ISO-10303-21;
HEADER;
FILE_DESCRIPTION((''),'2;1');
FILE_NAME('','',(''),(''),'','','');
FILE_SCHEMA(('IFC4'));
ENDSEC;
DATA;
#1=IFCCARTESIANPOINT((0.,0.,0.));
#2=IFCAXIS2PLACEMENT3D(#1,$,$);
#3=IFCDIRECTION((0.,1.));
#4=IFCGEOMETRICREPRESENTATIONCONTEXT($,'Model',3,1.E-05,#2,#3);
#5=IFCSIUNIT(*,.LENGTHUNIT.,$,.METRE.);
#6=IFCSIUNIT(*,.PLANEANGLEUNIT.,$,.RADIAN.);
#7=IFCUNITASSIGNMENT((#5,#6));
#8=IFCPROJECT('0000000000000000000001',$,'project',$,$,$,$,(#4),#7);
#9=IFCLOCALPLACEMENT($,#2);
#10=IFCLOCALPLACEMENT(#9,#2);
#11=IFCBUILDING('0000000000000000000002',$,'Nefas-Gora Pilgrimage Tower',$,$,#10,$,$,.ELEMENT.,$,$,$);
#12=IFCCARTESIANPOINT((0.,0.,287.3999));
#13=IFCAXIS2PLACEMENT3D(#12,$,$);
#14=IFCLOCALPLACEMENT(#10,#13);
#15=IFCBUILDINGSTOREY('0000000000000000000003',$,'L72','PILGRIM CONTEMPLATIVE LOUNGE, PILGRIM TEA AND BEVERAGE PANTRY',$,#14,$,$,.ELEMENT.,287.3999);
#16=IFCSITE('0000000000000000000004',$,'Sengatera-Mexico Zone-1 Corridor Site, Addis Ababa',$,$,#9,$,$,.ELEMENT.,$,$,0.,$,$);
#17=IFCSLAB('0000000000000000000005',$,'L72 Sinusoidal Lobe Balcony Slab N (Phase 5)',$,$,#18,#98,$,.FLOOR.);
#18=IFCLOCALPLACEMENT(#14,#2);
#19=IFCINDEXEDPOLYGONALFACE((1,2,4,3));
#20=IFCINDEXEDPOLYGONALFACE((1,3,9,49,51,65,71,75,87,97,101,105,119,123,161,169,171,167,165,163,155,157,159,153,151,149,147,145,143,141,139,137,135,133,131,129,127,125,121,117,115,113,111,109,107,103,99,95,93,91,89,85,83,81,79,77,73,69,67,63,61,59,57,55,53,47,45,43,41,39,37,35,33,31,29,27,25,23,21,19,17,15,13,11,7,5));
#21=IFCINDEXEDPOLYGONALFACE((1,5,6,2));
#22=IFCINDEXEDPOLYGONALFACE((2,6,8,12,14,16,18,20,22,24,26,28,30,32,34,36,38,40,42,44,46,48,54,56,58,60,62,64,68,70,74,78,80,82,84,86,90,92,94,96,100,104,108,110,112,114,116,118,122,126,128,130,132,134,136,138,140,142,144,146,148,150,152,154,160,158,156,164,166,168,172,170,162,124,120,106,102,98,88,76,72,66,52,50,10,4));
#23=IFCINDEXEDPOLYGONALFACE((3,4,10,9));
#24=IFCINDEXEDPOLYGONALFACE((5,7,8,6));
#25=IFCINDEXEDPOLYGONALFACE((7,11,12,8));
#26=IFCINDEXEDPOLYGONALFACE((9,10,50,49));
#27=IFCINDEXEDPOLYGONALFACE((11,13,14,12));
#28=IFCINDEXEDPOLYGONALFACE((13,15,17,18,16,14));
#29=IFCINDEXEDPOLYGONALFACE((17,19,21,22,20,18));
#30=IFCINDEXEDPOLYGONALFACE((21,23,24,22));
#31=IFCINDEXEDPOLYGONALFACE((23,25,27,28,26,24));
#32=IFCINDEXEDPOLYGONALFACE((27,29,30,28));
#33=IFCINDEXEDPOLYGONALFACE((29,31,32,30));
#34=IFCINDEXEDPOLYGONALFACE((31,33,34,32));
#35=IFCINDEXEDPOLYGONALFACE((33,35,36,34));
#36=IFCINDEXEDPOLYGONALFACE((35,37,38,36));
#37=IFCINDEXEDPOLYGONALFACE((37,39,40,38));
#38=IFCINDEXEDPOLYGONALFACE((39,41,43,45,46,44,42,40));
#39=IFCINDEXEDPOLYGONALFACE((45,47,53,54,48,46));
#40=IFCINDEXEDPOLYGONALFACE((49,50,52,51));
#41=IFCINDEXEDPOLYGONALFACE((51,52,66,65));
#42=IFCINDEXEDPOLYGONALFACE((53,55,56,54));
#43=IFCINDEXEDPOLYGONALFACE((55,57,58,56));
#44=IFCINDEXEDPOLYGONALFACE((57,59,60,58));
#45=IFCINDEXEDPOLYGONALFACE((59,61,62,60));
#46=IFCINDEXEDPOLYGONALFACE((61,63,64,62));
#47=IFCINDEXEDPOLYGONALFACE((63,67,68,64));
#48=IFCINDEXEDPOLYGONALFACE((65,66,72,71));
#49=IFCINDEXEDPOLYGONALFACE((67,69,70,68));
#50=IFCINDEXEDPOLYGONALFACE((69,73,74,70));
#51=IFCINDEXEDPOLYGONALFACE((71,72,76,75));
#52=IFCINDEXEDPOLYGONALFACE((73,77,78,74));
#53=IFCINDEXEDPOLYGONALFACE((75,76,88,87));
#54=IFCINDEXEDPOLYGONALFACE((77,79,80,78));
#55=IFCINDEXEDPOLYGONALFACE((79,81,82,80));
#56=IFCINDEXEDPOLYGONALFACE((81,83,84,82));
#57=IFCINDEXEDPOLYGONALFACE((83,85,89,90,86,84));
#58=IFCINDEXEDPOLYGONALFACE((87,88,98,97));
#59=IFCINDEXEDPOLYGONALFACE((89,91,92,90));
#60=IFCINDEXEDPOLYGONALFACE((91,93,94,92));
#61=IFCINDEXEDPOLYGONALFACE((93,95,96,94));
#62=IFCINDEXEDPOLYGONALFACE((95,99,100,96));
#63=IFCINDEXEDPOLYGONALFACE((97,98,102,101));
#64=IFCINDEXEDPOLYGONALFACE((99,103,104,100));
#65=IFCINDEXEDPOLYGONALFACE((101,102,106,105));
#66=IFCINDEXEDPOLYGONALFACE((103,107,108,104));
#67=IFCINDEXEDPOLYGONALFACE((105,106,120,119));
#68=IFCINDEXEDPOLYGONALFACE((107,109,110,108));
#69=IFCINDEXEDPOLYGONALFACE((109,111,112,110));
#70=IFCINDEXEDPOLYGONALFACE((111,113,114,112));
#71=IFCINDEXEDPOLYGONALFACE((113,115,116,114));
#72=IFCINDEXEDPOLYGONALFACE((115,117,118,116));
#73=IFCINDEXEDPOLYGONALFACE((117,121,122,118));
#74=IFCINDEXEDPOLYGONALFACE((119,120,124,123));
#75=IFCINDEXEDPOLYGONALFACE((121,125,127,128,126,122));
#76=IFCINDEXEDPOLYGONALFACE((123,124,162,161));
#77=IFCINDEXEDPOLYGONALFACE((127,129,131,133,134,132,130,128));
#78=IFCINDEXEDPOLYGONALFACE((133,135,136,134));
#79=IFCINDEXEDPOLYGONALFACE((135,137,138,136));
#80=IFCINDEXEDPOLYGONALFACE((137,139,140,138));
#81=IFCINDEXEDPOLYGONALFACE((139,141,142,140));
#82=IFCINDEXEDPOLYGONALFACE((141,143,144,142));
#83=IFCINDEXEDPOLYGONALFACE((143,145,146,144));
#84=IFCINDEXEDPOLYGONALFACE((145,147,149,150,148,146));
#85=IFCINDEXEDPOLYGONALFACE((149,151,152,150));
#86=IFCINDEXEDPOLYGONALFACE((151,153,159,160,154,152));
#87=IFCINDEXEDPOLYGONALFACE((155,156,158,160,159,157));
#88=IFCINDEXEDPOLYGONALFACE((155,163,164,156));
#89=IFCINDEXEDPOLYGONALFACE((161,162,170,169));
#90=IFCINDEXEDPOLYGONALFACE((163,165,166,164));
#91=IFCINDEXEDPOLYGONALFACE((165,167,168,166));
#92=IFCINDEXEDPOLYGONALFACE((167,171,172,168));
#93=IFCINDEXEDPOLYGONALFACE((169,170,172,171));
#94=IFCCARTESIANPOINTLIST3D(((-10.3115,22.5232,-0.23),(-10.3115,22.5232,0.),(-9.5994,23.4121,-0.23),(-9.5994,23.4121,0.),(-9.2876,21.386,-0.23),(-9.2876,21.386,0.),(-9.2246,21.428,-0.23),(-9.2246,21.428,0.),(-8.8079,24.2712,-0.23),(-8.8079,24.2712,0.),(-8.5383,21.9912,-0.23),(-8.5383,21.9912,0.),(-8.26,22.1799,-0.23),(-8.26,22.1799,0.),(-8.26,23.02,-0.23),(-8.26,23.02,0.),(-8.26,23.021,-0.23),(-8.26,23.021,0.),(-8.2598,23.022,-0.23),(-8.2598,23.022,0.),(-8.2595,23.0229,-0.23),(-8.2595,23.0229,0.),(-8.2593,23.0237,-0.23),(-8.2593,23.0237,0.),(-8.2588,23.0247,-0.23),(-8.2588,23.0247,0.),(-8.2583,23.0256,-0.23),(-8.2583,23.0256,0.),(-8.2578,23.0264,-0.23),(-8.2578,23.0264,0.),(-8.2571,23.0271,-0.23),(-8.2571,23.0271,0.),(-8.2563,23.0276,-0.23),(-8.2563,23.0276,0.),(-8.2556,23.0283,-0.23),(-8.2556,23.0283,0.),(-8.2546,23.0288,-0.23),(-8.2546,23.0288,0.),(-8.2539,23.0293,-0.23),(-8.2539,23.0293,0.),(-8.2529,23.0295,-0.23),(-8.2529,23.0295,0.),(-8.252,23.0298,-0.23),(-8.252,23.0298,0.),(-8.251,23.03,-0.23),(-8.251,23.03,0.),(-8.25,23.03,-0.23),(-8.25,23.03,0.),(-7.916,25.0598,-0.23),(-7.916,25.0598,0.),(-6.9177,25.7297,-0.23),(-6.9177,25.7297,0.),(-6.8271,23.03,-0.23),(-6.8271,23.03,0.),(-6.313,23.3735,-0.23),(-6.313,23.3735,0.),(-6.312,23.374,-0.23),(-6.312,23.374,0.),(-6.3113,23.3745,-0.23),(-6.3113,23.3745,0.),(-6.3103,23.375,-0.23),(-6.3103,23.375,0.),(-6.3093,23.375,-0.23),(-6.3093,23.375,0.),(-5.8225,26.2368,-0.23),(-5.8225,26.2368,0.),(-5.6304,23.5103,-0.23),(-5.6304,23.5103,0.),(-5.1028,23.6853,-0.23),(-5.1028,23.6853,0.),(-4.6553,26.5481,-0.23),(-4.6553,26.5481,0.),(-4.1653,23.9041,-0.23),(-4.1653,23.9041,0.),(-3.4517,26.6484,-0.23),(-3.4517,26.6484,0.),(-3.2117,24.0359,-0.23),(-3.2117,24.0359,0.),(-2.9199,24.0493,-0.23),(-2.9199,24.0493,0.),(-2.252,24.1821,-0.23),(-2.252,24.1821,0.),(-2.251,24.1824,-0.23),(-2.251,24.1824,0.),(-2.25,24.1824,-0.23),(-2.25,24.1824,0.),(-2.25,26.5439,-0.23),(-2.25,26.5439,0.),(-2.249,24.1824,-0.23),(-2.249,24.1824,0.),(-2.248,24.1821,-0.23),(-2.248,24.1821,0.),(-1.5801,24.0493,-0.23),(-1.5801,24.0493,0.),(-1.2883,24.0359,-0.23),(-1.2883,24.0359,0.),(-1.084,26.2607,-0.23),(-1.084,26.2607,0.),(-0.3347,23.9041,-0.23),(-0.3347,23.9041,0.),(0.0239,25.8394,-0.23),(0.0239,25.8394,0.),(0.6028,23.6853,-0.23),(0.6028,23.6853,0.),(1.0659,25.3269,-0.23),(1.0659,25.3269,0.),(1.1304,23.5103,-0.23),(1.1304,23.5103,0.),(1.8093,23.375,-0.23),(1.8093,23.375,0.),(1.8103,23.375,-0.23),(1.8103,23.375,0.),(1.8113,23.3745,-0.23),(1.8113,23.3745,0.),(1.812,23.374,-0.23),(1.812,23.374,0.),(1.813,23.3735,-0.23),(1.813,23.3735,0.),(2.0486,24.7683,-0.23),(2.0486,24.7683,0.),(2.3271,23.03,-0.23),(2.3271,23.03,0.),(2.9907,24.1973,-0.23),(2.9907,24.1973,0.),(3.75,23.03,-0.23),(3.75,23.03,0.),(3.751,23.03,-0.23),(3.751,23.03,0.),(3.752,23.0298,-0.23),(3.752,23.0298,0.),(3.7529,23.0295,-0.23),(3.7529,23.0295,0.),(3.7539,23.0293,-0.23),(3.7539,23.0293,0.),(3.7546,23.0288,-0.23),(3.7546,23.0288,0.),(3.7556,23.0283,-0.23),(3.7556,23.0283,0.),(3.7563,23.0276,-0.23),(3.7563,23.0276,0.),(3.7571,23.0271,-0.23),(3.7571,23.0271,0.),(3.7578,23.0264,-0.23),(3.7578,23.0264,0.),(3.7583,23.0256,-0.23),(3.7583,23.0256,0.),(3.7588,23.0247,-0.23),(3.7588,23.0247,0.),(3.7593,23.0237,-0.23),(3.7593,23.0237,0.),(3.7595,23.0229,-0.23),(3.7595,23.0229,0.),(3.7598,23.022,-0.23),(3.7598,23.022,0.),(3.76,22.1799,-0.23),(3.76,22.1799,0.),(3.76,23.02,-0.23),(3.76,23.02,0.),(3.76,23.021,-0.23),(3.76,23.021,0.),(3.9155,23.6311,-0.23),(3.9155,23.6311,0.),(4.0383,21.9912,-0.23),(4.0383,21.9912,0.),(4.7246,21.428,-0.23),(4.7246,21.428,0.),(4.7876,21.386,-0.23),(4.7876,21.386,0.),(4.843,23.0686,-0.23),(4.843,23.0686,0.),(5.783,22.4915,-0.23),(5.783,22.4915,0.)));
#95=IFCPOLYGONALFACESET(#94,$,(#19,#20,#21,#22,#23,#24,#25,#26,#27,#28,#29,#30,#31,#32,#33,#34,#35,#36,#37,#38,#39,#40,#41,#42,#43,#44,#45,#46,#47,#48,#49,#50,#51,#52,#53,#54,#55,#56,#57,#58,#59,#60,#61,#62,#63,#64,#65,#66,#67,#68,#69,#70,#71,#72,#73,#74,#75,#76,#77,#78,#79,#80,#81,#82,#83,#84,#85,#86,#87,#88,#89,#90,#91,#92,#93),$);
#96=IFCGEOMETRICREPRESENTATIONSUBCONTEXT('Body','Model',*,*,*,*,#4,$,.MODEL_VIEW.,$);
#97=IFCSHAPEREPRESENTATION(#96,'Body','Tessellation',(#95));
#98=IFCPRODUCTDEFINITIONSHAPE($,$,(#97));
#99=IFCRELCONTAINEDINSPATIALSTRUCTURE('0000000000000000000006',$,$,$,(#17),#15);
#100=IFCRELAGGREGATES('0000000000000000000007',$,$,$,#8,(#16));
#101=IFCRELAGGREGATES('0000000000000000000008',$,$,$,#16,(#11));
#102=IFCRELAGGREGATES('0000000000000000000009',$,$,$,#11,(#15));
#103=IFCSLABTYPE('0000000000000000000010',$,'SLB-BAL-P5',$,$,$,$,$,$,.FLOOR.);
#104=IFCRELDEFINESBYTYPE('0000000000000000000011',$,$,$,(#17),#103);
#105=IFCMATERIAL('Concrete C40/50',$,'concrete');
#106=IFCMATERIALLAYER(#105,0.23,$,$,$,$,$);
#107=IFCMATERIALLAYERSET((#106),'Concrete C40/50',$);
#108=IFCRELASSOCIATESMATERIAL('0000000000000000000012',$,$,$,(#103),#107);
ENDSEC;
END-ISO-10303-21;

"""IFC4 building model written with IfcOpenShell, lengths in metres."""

from ifc_helpers import new_model, si_unit, direction, frame, origin, place, context, subcontext, project, spatial, polyline, outline, extrude, material, layer, layer_set, type_object, element, save


model = new_model("IFC4")

# Units and contexts
model_context = context("Model", 3, precision=1e-05, world=origin(), true_north=direction((0.0, 1.0)))
body_context = subcontext(model_context, "Body", "Model", "MODEL_VIEW")
ifc_project = project(units=[si_unit("LENGTHUNIT", "METRE"), si_unit("PLANEANGLEUNIT", "RADIAN")], contexts=[model_context])

# Site, building, storey
site_placement = place(None, origin())
site = spatial("IfcSite", under=ifc_project, at=site_placement, Name="Sengatera-Mexico Zone-1 Corridor Site, Addis Ababa", CompositionType="ELEMENT", RefElevation=0.0)
building_placement = place(site_placement, origin())
building = spatial("IfcBuilding", under=site, at=building_placement, Name="Nefas-Gora Pilgrimage Tower", CompositionType="ELEMENT")
storey_placement = place(building_placement, frame((0.0, 0.0, 287.3999)))
storey = spatial("IfcBuildingStorey", under=building, at=storey_placement, Name="L72", Description="PILGRIM CONTEMPLATIVE LOUNGE, PILGRIM TEA AND BEVERAGE PANTRY", CompositionType="ELEMENT", Elevation=287.3999)

# Slab
ifc_material_1 = material(Name="Concrete C40/50", Category="concrete")
ifc_layer_1 = layer(ifc_material_1, 0.23)
ifc_layer_set_1 = layer_set([ifc_layer_1], Name="Concrete C40/50")
slab_type_1 = type_object("IfcSlabType", Name="SLB-BAL-P5", PredefinedType="FLOOR", material=ifc_layer_set_1)
slab_1_placement = place(storey_placement, frame((0.0, 0.0, -0.23)))
element("IfcSlab", 1, at=slab_1_placement, inside=storey, type_object=slab_type_1, Name="L72 Sinusoidal Lobe Balcony Slab N (Phase 5)", PredefinedType="FLOOR", context=body_context, shape_type="SweptSolid", body=[
    extrude(outline(polyline([(-9.2876, 21.386), (-9.2246, 21.428), (-8.5383, 21.9912), (-8.26, 22.1799), (-8.26, 23.02), (-8.26, 23.021), (-8.2598, 23.022), (-8.2595, 23.0229), (-8.2593, 23.0237), (-8.2588, 23.0247), (-8.2583, 23.0256), (-8.2578, 23.0264), (-8.2571, 23.0271), (-8.2563, 23.0276), (-8.2556, 23.0283), (-8.2546, 23.0288), (-8.2539, 23.0293), (-8.2529, 23.0295), (-8.252, 23.0298), (-8.251, 23.03), (-8.25, 23.03), (-6.8271, 23.03), (-6.313, 23.3735), (-6.312, 23.374), (-6.3113, 23.3745), (-6.3103, 23.375), (-6.3093, 23.375), (-5.6304, 23.5103), (-5.1028, 23.6853), (-4.1653, 23.9041), (-3.2117, 24.0359), (-2.9199, 24.0493), (-2.252, 24.1821), (-2.251, 24.1824), (-2.25, 24.1824), (-2.249, 24.1824), (-2.248, 24.1821), (-1.5801, 24.0493), (-1.2883, 24.0359), (-0.3347, 23.9041), (0.6028, 23.6853), (1.1304, 23.5103), (1.8093, 23.375), (1.8103, 23.375), (1.8113, 23.3745), (1.812, 23.374), (1.813, 23.3735), (2.3271, 23.03), (3.75, 23.03), (3.751, 23.03), (3.752, 23.0298), (3.7529, 23.0295), (3.7539, 23.0293), (3.7546, 23.0288), (3.7556, 23.0283), (3.7563, 23.0276), (3.7571, 23.0271), (3.7578, 23.0264), (3.7583, 23.0256), (3.7588, 23.0247), (3.7593, 23.0237), (3.7595, 23.0229), (3.7598, 23.022), (3.76, 23.021), (3.76, 23.02), (3.76, 22.1799), (4.0383, 21.9912), (4.7246, 21.428), (4.7876, 21.386), (5.783, 22.4915), (4.843, 23.0686), (3.9155, 23.6311), (2.9907, 24.1973), (2.0486, 24.7683), (1.0659, 25.3269), (0.0239, 25.8394), (-1.084, 26.2607), (-2.25, 26.5439), (-3.4517, 26.6484), (-4.6553, 26.5481), (-5.8225, 26.2368), (-6.9177, 25.7297), (-7.916, 25.0598), (-8.8079, 24.2712), (-9.5994, 23.4121), (-10.3115, 22.5232), (-9.2876, 21.386)])), origin(), (0.0, 0.0, 1.0), 0.23),
])

save(model, "model.ifc")
